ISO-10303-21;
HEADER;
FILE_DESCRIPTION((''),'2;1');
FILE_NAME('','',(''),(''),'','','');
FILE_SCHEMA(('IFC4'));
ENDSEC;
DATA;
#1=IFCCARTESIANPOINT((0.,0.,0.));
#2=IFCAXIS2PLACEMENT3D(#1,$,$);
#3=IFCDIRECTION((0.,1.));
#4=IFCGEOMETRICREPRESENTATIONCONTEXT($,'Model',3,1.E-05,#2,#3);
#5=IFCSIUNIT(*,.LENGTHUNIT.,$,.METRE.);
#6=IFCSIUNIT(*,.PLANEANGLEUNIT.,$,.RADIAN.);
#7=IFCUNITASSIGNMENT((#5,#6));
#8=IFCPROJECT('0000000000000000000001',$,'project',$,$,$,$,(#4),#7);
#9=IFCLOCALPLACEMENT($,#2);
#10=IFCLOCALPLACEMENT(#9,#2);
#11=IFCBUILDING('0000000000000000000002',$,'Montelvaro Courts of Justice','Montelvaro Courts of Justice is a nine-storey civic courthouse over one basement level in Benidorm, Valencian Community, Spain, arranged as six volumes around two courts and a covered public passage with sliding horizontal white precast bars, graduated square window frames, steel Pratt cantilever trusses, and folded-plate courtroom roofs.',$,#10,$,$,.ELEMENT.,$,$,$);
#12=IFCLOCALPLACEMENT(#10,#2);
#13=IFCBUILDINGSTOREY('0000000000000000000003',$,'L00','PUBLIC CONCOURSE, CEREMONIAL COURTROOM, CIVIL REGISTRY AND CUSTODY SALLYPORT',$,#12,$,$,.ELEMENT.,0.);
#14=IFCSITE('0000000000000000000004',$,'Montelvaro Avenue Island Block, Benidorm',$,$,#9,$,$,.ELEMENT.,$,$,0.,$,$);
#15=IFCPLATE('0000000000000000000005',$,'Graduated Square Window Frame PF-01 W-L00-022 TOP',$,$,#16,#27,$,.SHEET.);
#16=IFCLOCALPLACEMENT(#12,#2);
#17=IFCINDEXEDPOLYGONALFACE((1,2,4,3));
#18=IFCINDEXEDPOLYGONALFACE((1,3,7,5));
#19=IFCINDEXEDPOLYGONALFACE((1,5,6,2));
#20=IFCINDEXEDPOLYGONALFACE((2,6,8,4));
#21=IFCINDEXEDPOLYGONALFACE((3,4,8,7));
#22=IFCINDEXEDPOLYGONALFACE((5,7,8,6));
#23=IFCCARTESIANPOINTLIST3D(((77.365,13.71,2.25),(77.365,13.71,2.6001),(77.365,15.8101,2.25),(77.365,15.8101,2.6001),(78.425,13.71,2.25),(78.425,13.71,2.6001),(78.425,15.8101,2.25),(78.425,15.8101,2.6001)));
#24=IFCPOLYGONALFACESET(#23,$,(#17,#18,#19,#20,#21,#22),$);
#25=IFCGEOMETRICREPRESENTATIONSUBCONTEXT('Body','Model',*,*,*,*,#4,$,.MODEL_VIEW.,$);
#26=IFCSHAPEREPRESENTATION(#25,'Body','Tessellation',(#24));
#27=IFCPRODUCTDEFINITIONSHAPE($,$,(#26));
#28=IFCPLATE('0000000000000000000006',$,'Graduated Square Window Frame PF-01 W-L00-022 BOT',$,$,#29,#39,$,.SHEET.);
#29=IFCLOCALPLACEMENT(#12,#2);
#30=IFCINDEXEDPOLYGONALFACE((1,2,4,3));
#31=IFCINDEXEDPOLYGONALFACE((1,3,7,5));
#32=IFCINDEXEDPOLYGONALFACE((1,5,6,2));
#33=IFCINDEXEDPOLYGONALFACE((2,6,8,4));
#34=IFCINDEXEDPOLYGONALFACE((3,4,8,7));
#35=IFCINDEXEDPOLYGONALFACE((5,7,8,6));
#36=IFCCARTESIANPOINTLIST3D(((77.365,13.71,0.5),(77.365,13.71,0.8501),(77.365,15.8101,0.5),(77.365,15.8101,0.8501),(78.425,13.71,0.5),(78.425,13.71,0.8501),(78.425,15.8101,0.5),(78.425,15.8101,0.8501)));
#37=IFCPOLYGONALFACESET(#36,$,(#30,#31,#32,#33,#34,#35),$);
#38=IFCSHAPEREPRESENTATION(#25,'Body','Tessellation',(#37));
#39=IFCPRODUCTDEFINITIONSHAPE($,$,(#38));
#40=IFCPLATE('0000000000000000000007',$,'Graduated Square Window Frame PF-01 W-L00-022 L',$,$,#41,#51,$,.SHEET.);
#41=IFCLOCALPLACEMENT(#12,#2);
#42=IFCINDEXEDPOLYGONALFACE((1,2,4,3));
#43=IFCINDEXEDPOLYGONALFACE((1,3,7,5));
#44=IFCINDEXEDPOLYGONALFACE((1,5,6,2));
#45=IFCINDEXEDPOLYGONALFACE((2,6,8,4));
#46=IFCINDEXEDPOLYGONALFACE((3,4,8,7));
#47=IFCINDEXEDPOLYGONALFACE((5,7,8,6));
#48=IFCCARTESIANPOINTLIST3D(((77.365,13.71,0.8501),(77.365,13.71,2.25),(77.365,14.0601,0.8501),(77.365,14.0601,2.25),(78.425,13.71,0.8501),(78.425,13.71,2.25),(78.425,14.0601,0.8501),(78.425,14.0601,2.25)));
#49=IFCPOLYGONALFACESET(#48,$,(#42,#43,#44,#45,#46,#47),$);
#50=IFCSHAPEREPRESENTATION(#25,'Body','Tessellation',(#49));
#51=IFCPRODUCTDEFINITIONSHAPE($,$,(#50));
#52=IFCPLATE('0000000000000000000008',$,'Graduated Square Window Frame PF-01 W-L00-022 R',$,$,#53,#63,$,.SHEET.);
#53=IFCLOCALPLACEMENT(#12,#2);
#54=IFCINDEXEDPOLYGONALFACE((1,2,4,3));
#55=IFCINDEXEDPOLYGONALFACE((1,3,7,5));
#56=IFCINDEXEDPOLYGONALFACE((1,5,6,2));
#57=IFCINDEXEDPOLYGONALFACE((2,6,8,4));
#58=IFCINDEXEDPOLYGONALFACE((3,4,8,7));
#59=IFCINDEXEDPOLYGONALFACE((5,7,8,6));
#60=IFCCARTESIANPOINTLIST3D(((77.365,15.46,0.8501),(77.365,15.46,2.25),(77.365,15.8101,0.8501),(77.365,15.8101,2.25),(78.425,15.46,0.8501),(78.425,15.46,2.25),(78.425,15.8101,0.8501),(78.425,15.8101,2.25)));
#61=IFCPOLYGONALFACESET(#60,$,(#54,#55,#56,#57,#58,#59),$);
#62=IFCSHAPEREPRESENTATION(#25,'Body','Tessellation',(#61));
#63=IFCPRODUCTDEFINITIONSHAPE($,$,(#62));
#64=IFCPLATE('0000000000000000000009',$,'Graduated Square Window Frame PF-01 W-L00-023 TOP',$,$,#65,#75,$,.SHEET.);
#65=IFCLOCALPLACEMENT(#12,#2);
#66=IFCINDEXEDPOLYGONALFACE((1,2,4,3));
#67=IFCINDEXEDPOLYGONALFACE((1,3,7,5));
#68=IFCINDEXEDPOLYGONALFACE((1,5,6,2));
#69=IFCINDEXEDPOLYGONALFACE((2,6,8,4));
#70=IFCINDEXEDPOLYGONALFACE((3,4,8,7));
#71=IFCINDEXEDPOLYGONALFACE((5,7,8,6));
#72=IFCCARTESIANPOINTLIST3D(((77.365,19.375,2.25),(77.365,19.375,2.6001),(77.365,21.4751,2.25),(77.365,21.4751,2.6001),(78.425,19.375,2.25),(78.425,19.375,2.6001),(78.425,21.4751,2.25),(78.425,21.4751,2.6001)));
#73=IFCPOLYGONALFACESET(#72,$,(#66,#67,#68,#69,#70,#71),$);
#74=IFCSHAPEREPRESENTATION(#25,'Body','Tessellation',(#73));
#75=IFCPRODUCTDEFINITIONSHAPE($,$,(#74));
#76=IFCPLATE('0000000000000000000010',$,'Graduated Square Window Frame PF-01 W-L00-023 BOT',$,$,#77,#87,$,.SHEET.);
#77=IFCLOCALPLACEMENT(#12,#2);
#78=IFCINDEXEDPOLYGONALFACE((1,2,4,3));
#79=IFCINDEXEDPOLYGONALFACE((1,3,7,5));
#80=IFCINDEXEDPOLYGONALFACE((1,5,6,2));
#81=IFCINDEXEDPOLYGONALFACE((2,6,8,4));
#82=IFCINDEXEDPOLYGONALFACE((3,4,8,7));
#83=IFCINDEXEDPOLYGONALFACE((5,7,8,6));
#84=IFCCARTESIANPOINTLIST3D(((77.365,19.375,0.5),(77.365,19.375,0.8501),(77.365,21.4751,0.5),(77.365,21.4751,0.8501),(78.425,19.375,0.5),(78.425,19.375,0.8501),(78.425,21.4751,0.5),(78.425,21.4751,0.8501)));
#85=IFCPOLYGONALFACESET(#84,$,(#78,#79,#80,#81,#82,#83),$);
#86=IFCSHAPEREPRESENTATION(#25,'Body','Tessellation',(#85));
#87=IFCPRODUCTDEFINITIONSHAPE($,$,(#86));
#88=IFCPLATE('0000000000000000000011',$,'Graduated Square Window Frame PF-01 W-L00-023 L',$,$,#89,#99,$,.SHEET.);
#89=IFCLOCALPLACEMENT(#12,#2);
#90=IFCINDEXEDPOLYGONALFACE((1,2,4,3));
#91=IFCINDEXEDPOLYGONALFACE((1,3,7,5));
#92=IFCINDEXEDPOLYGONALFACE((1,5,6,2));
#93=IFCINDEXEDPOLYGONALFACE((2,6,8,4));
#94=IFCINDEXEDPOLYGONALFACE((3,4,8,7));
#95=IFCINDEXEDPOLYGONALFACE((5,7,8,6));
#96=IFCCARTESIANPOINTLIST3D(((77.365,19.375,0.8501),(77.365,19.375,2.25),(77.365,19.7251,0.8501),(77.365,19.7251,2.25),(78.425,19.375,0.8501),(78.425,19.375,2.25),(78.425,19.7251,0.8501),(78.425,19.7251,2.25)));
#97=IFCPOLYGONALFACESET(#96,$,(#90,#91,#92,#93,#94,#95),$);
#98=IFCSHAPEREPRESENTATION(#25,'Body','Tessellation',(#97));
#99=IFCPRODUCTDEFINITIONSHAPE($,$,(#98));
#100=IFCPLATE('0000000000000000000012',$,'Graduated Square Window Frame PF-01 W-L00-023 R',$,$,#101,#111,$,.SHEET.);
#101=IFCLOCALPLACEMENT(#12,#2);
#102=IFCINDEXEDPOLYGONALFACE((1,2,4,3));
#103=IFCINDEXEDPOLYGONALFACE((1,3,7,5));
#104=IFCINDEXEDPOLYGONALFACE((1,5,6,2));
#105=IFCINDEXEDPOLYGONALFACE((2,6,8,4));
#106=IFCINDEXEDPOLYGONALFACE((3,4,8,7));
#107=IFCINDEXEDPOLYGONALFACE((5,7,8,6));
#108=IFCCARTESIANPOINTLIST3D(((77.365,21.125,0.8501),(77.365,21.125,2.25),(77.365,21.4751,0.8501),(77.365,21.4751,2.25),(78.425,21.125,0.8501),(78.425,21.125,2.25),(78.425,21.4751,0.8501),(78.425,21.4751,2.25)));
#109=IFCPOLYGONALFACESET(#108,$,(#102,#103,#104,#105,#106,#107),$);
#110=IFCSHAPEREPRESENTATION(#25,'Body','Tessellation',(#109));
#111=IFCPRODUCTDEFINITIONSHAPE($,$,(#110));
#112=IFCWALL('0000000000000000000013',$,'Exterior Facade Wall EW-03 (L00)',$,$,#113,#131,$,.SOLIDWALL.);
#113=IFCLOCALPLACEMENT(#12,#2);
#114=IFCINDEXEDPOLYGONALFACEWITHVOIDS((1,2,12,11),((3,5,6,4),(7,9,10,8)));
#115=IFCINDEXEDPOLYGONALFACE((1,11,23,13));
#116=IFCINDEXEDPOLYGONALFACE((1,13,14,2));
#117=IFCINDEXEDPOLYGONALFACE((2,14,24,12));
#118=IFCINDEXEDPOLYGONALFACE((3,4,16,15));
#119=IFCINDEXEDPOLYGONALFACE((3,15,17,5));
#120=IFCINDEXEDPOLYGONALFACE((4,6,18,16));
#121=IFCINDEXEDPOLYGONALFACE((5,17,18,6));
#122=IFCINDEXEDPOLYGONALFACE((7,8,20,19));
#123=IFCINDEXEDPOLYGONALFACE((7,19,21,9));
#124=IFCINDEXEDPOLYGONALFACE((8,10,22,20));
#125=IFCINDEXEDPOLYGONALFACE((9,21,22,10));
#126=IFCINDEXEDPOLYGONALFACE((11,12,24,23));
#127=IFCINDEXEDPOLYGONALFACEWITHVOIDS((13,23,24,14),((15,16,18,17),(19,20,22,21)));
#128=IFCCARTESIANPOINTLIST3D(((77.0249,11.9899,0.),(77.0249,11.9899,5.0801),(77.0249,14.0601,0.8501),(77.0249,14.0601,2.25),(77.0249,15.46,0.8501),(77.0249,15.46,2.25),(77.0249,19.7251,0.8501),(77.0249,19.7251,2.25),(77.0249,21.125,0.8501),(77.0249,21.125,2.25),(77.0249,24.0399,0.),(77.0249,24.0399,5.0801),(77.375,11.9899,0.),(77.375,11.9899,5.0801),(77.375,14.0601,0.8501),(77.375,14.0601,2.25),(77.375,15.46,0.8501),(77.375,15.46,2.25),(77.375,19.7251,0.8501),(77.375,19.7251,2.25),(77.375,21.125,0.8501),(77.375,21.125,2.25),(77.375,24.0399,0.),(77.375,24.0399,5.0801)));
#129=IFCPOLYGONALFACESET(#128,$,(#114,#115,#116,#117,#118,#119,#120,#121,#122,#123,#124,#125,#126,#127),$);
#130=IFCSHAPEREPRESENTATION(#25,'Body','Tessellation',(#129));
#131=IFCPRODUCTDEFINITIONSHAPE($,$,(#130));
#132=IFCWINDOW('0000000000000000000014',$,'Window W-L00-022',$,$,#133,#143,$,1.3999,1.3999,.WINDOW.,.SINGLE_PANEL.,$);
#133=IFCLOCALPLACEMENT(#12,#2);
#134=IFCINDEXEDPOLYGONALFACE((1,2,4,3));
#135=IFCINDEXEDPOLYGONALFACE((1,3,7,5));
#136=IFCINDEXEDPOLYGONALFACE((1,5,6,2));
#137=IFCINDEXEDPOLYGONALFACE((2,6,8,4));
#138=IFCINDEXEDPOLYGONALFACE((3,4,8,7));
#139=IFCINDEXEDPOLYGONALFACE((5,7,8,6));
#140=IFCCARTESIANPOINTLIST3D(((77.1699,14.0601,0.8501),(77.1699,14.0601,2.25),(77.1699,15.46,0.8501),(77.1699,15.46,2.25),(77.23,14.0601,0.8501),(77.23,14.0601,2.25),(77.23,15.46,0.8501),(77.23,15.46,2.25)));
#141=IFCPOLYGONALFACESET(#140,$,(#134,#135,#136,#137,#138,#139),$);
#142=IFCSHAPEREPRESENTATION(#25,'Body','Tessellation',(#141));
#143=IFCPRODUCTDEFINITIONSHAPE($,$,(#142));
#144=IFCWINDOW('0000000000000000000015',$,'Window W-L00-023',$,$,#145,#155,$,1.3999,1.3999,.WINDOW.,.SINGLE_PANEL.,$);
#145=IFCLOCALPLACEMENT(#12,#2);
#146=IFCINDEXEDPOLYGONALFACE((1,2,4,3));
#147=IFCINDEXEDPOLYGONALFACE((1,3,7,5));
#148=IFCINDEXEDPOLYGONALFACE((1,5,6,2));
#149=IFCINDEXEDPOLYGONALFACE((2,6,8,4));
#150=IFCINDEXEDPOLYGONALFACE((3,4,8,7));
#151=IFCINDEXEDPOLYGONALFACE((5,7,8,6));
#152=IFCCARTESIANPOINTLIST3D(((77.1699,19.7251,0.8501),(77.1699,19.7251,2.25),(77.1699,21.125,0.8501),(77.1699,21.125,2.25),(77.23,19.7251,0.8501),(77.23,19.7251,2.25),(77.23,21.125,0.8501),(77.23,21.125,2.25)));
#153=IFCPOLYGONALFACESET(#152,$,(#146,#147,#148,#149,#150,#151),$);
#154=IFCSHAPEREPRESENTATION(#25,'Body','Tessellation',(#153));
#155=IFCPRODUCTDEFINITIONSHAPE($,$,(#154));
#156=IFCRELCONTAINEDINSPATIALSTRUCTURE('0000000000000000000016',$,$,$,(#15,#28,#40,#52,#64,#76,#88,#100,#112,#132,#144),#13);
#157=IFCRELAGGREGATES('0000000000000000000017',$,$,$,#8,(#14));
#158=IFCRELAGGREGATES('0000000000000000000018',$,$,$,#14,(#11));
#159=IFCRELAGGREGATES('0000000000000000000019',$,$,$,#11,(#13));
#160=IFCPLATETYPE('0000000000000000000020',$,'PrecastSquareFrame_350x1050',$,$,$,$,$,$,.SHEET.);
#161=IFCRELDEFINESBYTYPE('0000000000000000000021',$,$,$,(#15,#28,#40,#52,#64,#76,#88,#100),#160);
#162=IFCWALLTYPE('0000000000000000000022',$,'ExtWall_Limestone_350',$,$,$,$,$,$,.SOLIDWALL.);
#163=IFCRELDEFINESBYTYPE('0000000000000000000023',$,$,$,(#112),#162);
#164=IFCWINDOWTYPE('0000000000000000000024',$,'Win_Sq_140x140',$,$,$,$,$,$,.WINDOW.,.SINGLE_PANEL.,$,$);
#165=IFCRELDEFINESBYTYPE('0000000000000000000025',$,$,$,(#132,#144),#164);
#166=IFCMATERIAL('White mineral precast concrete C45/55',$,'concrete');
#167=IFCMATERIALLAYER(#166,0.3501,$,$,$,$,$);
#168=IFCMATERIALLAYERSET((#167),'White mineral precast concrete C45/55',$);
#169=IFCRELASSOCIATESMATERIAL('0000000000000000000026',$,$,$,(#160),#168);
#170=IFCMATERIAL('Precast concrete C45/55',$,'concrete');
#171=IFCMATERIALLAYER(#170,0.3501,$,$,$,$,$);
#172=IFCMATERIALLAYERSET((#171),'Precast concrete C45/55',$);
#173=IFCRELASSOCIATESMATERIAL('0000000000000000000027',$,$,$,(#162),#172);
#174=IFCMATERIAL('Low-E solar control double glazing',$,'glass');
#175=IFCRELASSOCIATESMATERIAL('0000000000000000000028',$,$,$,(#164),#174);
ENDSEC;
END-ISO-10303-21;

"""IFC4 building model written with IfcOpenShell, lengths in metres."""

from ifc_helpers import new_model, si_unit, direction, frame, frame_2d, origin, origin_2d, place, context, subcontext, project, spatial, rectangle, extrude, material, layer, layer_set, type_object, element, fill, save


model = new_model("IFC4")

# Units and contexts
model_context = context("Model", 3, precision=1e-05, world=origin(), true_north=direction((0.0, 1.0)))
body_context = subcontext(model_context, "Body", "Model", "MODEL_VIEW")
ifc_project = project(units=[si_unit("LENGTHUNIT", "METRE"), si_unit("PLANEANGLEUNIT", "RADIAN")], contexts=[model_context])

# Site, building, storey
site_placement = place(None, origin())
site = spatial("IfcSite", under=ifc_project, at=site_placement, Name="Montelvaro Avenue Island Block, Benidorm", CompositionType="ELEMENT", RefElevation=0.0)
building_placement = place(site_placement, origin())
building = spatial("IfcBuilding", under=site, at=building_placement, Name="Montelvaro Courts of Justice", Description="Montelvaro Courts of Justice is a nine-storey civic courthouse over one basement level in Benidorm, Valencian Community, Spain, arranged as six volumes around two courts and a covered public passage with sliding horizontal white precast bars, graduated square window frames, steel Pratt cantilever trusses, and folded-plate courtroom roofs.", CompositionType="ELEMENT")
storey_placement = place(building_placement, origin())
storey = spatial("IfcBuildingStorey", under=building, at=storey_placement, Name="L00", Description="PUBLIC CONCOURSE, CEREMONIAL COURTROOM, CIVIL REGISTRY AND CUSTODY SALLYPORT", CompositionType="ELEMENT", Elevation=0.0)

# Plates
ifc_material_1 = material(Name="White mineral precast concrete C45/55", Category="concrete")
ifc_layer_1 = layer(ifc_material_1, 0.3501)
ifc_layer_set_1 = layer_set([ifc_layer_1], Name="White mineral precast concrete C45/55")
plate_type = type_object("IfcPlateType", Name="PrecastSquareFrame_350x1050", PredefinedType="SHEET", material=ifc_layer_set_1)
for number, where, z_axis, x_axis, name in (
    (1, (77.895, 14.76, 2.25), (0.0, 0.0, 1.0), (0.0, 1.0, 0.0), "Graduated Square Window Frame PF-01 W-L00-022 TOP"),
    (2, (77.895, 14.76, 0.5), (0.0, 0.0, 1.0), (0.0, 1.0, 0.0), "Graduated Square Window Frame PF-01 W-L00-022 BOT"),
):
    element("IfcPlate", number, at=place(storey_placement, frame(where, z_axis=z_axis, x_axis=x_axis)), inside=storey, type_object=plate_type, Name=name, PredefinedType="SHEET", context=body_context, shape_type="SweptSolid", body=[
        extrude(rectangle(XDim=2.1001, YDim=1.0601, at=origin_2d()), origin(), (0.0, 0.0, 1.0), 0.3501),
    ])
for number, where, z_axis, x_axis, name in (
    (3, (77.895, 13.885, 0.8501), (0.0, 0.0, 1.0), (0.0, 1.0, 0.0), "Graduated Square Window Frame PF-01 W-L00-022 L"),
    (4, (77.895, 15.635, 0.8501), (0.0, 0.0, 1.0), (0.0, 1.0, 0.0), "Graduated Square Window Frame PF-01 W-L00-022 R"),
):
    element("IfcPlate", number, at=place(storey_placement, frame(where, z_axis=z_axis, x_axis=x_axis)), inside=storey, type_object=plate_type, Name=name, PredefinedType="SHEET", context=body_context, shape_type="SweptSolid", body=[
        extrude(rectangle(XDim=0.3501, YDim=1.0601, at=origin_2d()), origin(), (0.0, 0.0, 1.0), 1.3999),
    ])
for number, where, z_axis, x_axis, name in (
    (5, (77.895, 20.425, 2.25), (0.0, 0.0, 1.0), (0.0, 1.0, 0.0), "Graduated Square Window Frame PF-01 W-L00-023 TOP"),
    (6, (77.895, 20.425, 0.5), (0.0, 0.0, 1.0), (0.0, 1.0, 0.0), "Graduated Square Window Frame PF-01 W-L00-023 BOT"),
):
    element("IfcPlate", number, at=place(storey_placement, frame(where, z_axis=z_axis, x_axis=x_axis)), inside=storey, type_object=plate_type, Name=name, PredefinedType="SHEET", context=body_context, shape_type="SweptSolid", body=[
        extrude(rectangle(XDim=2.1001, YDim=1.0601, at=origin_2d()), origin(), (0.0, 0.0, 1.0), 0.3501),
    ])
for number, where, z_axis, x_axis, name in (
    (7, (77.895, 19.55, 0.8501), (0.0, 0.0, 1.0), (0.0, 1.0, 0.0), "Graduated Square Window Frame PF-01 W-L00-023 L"),
    (8, (77.895, 21.3, 0.8501), (0.0, 0.0, 1.0), (0.0, 1.0, 0.0), "Graduated Square Window Frame PF-01 W-L00-023 R"),
):
    element("IfcPlate", number, at=place(storey_placement, frame(where, z_axis=z_axis, x_axis=x_axis)), inside=storey, type_object=plate_type, Name=name, PredefinedType="SHEET", context=body_context, shape_type="SweptSolid", body=[
        extrude(rectangle(XDim=0.3501, YDim=1.0601, at=origin_2d()), origin(), (0.0, 0.0, 1.0), 1.3999),
    ])

# Wall, openings, windows
ifc_material_2 = material(Name="Precast concrete C45/55", Category="concrete")
ifc_layer_2 = layer(ifc_material_2, 0.3501)
ifc_layer_set_2 = layer_set([ifc_layer_2], Name="Precast concrete C45/55")
wall_type = type_object("IfcWallType", Name="ExtWall_Limestone_350", PredefinedType="SOLIDWALL", material=ifc_layer_set_2)
wall_placement = place(storey_placement, frame((77.2, 11.99, 0.0), z_axis=(0.0, 0.0, 1.0), x_axis=(0.0, 1.0, 0.0)))
wall = element("IfcWall", 9, at=wall_placement, inside=storey, type_object=wall_type, Name="Exterior Facade Wall EW-03 (L00)", PredefinedType="SOLIDWALL", context=body_context, shape_type="SweptSolid", body=[
    extrude(rectangle(XDim=12.05, YDim=0.3501, at=frame_2d((6.0249, 0.0))), origin(), (0.0, 0.0, 1.0), 5.0801),
])
opening_1_placement = place(wall_placement, frame((2.0701, 0.0, 0.8501)))
opening_1 = element("IfcOpeningElement", 10, at=opening_1_placement, cuts=wall, PredefinedType="OPENING", context=body_context, shape_type="SweptSolid", body=[
    extrude(rectangle(XDim=1.3999, YDim=1.3999, at=frame_2d((0.7, 0.7))), frame((0.0, 0.1899, 0.0), z_axis=(0.0, -1.0, 0.0), x_axis=(1.0, 0.0, 0.0)), (0.0, 0.0, 1.0), 0.3799),
])
opening_2_placement = place(wall_placement, frame((7.7351, 0.0, 0.8501)))
opening_2 = element("IfcOpeningElement", 11, at=opening_2_placement, cuts=wall, PredefinedType="OPENING", context=body_context, shape_type="SweptSolid", body=[
    extrude(rectangle(XDim=1.3999, YDim=1.3999, at=frame_2d((0.7, 0.7))), frame((0.0, 0.1899, 0.0), z_axis=(0.0, -1.0, 0.0), x_axis=(1.0, 0.0, 0.0)), (0.0, 0.0, 1.0), 0.3799),
])
ifc_material_3 = material(Name="Low-E solar control double glazing", Category="glass")
window_type = type_object("IfcWindowType", Name="Win_Sq_140x140", PartitioningType="SINGLE_PANEL", PredefinedType="WINDOW", material=ifc_material_3)
window_1_placement = place(opening_1_placement, origin())
window_1 = element("IfcWindow", 12, at=window_1_placement, inside=storey, type_object=window_type, Name="Window W-L00-022", OverallHeight=1.3999, OverallWidth=1.3999, PartitioningType="SINGLE_PANEL", PredefinedType="WINDOW", context=body_context, shape_type="SweptSolid", body=[
    extrude(rectangle(XDim=1.3999, YDim=1.3999, at=frame_2d((0.7, 0.7))), frame((0.0, 0.03, 0.0), z_axis=(0.0, -1.0, 0.0), x_axis=(1.0, 0.0, 0.0)), (0.0, 0.0, 1.0), 0.0601),
])
fill(opening_1, window_1)
window_2_placement = place(opening_2_placement, origin())
window_2 = element("IfcWindow", 13, at=window_2_placement, inside=storey, type_object=window_type, Name="Window W-L00-023", OverallHeight=1.3999, OverallWidth=1.3999, PartitioningType="SINGLE_PANEL", PredefinedType="WINDOW", context=body_context, shape_type="SweptSolid", body=[
    extrude(rectangle(XDim=1.3999, YDim=1.3999, at=frame_2d((0.7, 0.7))), frame((0.0, 0.03, 0.0), z_axis=(0.0, -1.0, 0.0), x_axis=(1.0, 0.0, 0.0)), (0.0, 0.0, 1.0), 0.0601),
])
fill(opening_2, window_2)

save(model, "model.ifc")
